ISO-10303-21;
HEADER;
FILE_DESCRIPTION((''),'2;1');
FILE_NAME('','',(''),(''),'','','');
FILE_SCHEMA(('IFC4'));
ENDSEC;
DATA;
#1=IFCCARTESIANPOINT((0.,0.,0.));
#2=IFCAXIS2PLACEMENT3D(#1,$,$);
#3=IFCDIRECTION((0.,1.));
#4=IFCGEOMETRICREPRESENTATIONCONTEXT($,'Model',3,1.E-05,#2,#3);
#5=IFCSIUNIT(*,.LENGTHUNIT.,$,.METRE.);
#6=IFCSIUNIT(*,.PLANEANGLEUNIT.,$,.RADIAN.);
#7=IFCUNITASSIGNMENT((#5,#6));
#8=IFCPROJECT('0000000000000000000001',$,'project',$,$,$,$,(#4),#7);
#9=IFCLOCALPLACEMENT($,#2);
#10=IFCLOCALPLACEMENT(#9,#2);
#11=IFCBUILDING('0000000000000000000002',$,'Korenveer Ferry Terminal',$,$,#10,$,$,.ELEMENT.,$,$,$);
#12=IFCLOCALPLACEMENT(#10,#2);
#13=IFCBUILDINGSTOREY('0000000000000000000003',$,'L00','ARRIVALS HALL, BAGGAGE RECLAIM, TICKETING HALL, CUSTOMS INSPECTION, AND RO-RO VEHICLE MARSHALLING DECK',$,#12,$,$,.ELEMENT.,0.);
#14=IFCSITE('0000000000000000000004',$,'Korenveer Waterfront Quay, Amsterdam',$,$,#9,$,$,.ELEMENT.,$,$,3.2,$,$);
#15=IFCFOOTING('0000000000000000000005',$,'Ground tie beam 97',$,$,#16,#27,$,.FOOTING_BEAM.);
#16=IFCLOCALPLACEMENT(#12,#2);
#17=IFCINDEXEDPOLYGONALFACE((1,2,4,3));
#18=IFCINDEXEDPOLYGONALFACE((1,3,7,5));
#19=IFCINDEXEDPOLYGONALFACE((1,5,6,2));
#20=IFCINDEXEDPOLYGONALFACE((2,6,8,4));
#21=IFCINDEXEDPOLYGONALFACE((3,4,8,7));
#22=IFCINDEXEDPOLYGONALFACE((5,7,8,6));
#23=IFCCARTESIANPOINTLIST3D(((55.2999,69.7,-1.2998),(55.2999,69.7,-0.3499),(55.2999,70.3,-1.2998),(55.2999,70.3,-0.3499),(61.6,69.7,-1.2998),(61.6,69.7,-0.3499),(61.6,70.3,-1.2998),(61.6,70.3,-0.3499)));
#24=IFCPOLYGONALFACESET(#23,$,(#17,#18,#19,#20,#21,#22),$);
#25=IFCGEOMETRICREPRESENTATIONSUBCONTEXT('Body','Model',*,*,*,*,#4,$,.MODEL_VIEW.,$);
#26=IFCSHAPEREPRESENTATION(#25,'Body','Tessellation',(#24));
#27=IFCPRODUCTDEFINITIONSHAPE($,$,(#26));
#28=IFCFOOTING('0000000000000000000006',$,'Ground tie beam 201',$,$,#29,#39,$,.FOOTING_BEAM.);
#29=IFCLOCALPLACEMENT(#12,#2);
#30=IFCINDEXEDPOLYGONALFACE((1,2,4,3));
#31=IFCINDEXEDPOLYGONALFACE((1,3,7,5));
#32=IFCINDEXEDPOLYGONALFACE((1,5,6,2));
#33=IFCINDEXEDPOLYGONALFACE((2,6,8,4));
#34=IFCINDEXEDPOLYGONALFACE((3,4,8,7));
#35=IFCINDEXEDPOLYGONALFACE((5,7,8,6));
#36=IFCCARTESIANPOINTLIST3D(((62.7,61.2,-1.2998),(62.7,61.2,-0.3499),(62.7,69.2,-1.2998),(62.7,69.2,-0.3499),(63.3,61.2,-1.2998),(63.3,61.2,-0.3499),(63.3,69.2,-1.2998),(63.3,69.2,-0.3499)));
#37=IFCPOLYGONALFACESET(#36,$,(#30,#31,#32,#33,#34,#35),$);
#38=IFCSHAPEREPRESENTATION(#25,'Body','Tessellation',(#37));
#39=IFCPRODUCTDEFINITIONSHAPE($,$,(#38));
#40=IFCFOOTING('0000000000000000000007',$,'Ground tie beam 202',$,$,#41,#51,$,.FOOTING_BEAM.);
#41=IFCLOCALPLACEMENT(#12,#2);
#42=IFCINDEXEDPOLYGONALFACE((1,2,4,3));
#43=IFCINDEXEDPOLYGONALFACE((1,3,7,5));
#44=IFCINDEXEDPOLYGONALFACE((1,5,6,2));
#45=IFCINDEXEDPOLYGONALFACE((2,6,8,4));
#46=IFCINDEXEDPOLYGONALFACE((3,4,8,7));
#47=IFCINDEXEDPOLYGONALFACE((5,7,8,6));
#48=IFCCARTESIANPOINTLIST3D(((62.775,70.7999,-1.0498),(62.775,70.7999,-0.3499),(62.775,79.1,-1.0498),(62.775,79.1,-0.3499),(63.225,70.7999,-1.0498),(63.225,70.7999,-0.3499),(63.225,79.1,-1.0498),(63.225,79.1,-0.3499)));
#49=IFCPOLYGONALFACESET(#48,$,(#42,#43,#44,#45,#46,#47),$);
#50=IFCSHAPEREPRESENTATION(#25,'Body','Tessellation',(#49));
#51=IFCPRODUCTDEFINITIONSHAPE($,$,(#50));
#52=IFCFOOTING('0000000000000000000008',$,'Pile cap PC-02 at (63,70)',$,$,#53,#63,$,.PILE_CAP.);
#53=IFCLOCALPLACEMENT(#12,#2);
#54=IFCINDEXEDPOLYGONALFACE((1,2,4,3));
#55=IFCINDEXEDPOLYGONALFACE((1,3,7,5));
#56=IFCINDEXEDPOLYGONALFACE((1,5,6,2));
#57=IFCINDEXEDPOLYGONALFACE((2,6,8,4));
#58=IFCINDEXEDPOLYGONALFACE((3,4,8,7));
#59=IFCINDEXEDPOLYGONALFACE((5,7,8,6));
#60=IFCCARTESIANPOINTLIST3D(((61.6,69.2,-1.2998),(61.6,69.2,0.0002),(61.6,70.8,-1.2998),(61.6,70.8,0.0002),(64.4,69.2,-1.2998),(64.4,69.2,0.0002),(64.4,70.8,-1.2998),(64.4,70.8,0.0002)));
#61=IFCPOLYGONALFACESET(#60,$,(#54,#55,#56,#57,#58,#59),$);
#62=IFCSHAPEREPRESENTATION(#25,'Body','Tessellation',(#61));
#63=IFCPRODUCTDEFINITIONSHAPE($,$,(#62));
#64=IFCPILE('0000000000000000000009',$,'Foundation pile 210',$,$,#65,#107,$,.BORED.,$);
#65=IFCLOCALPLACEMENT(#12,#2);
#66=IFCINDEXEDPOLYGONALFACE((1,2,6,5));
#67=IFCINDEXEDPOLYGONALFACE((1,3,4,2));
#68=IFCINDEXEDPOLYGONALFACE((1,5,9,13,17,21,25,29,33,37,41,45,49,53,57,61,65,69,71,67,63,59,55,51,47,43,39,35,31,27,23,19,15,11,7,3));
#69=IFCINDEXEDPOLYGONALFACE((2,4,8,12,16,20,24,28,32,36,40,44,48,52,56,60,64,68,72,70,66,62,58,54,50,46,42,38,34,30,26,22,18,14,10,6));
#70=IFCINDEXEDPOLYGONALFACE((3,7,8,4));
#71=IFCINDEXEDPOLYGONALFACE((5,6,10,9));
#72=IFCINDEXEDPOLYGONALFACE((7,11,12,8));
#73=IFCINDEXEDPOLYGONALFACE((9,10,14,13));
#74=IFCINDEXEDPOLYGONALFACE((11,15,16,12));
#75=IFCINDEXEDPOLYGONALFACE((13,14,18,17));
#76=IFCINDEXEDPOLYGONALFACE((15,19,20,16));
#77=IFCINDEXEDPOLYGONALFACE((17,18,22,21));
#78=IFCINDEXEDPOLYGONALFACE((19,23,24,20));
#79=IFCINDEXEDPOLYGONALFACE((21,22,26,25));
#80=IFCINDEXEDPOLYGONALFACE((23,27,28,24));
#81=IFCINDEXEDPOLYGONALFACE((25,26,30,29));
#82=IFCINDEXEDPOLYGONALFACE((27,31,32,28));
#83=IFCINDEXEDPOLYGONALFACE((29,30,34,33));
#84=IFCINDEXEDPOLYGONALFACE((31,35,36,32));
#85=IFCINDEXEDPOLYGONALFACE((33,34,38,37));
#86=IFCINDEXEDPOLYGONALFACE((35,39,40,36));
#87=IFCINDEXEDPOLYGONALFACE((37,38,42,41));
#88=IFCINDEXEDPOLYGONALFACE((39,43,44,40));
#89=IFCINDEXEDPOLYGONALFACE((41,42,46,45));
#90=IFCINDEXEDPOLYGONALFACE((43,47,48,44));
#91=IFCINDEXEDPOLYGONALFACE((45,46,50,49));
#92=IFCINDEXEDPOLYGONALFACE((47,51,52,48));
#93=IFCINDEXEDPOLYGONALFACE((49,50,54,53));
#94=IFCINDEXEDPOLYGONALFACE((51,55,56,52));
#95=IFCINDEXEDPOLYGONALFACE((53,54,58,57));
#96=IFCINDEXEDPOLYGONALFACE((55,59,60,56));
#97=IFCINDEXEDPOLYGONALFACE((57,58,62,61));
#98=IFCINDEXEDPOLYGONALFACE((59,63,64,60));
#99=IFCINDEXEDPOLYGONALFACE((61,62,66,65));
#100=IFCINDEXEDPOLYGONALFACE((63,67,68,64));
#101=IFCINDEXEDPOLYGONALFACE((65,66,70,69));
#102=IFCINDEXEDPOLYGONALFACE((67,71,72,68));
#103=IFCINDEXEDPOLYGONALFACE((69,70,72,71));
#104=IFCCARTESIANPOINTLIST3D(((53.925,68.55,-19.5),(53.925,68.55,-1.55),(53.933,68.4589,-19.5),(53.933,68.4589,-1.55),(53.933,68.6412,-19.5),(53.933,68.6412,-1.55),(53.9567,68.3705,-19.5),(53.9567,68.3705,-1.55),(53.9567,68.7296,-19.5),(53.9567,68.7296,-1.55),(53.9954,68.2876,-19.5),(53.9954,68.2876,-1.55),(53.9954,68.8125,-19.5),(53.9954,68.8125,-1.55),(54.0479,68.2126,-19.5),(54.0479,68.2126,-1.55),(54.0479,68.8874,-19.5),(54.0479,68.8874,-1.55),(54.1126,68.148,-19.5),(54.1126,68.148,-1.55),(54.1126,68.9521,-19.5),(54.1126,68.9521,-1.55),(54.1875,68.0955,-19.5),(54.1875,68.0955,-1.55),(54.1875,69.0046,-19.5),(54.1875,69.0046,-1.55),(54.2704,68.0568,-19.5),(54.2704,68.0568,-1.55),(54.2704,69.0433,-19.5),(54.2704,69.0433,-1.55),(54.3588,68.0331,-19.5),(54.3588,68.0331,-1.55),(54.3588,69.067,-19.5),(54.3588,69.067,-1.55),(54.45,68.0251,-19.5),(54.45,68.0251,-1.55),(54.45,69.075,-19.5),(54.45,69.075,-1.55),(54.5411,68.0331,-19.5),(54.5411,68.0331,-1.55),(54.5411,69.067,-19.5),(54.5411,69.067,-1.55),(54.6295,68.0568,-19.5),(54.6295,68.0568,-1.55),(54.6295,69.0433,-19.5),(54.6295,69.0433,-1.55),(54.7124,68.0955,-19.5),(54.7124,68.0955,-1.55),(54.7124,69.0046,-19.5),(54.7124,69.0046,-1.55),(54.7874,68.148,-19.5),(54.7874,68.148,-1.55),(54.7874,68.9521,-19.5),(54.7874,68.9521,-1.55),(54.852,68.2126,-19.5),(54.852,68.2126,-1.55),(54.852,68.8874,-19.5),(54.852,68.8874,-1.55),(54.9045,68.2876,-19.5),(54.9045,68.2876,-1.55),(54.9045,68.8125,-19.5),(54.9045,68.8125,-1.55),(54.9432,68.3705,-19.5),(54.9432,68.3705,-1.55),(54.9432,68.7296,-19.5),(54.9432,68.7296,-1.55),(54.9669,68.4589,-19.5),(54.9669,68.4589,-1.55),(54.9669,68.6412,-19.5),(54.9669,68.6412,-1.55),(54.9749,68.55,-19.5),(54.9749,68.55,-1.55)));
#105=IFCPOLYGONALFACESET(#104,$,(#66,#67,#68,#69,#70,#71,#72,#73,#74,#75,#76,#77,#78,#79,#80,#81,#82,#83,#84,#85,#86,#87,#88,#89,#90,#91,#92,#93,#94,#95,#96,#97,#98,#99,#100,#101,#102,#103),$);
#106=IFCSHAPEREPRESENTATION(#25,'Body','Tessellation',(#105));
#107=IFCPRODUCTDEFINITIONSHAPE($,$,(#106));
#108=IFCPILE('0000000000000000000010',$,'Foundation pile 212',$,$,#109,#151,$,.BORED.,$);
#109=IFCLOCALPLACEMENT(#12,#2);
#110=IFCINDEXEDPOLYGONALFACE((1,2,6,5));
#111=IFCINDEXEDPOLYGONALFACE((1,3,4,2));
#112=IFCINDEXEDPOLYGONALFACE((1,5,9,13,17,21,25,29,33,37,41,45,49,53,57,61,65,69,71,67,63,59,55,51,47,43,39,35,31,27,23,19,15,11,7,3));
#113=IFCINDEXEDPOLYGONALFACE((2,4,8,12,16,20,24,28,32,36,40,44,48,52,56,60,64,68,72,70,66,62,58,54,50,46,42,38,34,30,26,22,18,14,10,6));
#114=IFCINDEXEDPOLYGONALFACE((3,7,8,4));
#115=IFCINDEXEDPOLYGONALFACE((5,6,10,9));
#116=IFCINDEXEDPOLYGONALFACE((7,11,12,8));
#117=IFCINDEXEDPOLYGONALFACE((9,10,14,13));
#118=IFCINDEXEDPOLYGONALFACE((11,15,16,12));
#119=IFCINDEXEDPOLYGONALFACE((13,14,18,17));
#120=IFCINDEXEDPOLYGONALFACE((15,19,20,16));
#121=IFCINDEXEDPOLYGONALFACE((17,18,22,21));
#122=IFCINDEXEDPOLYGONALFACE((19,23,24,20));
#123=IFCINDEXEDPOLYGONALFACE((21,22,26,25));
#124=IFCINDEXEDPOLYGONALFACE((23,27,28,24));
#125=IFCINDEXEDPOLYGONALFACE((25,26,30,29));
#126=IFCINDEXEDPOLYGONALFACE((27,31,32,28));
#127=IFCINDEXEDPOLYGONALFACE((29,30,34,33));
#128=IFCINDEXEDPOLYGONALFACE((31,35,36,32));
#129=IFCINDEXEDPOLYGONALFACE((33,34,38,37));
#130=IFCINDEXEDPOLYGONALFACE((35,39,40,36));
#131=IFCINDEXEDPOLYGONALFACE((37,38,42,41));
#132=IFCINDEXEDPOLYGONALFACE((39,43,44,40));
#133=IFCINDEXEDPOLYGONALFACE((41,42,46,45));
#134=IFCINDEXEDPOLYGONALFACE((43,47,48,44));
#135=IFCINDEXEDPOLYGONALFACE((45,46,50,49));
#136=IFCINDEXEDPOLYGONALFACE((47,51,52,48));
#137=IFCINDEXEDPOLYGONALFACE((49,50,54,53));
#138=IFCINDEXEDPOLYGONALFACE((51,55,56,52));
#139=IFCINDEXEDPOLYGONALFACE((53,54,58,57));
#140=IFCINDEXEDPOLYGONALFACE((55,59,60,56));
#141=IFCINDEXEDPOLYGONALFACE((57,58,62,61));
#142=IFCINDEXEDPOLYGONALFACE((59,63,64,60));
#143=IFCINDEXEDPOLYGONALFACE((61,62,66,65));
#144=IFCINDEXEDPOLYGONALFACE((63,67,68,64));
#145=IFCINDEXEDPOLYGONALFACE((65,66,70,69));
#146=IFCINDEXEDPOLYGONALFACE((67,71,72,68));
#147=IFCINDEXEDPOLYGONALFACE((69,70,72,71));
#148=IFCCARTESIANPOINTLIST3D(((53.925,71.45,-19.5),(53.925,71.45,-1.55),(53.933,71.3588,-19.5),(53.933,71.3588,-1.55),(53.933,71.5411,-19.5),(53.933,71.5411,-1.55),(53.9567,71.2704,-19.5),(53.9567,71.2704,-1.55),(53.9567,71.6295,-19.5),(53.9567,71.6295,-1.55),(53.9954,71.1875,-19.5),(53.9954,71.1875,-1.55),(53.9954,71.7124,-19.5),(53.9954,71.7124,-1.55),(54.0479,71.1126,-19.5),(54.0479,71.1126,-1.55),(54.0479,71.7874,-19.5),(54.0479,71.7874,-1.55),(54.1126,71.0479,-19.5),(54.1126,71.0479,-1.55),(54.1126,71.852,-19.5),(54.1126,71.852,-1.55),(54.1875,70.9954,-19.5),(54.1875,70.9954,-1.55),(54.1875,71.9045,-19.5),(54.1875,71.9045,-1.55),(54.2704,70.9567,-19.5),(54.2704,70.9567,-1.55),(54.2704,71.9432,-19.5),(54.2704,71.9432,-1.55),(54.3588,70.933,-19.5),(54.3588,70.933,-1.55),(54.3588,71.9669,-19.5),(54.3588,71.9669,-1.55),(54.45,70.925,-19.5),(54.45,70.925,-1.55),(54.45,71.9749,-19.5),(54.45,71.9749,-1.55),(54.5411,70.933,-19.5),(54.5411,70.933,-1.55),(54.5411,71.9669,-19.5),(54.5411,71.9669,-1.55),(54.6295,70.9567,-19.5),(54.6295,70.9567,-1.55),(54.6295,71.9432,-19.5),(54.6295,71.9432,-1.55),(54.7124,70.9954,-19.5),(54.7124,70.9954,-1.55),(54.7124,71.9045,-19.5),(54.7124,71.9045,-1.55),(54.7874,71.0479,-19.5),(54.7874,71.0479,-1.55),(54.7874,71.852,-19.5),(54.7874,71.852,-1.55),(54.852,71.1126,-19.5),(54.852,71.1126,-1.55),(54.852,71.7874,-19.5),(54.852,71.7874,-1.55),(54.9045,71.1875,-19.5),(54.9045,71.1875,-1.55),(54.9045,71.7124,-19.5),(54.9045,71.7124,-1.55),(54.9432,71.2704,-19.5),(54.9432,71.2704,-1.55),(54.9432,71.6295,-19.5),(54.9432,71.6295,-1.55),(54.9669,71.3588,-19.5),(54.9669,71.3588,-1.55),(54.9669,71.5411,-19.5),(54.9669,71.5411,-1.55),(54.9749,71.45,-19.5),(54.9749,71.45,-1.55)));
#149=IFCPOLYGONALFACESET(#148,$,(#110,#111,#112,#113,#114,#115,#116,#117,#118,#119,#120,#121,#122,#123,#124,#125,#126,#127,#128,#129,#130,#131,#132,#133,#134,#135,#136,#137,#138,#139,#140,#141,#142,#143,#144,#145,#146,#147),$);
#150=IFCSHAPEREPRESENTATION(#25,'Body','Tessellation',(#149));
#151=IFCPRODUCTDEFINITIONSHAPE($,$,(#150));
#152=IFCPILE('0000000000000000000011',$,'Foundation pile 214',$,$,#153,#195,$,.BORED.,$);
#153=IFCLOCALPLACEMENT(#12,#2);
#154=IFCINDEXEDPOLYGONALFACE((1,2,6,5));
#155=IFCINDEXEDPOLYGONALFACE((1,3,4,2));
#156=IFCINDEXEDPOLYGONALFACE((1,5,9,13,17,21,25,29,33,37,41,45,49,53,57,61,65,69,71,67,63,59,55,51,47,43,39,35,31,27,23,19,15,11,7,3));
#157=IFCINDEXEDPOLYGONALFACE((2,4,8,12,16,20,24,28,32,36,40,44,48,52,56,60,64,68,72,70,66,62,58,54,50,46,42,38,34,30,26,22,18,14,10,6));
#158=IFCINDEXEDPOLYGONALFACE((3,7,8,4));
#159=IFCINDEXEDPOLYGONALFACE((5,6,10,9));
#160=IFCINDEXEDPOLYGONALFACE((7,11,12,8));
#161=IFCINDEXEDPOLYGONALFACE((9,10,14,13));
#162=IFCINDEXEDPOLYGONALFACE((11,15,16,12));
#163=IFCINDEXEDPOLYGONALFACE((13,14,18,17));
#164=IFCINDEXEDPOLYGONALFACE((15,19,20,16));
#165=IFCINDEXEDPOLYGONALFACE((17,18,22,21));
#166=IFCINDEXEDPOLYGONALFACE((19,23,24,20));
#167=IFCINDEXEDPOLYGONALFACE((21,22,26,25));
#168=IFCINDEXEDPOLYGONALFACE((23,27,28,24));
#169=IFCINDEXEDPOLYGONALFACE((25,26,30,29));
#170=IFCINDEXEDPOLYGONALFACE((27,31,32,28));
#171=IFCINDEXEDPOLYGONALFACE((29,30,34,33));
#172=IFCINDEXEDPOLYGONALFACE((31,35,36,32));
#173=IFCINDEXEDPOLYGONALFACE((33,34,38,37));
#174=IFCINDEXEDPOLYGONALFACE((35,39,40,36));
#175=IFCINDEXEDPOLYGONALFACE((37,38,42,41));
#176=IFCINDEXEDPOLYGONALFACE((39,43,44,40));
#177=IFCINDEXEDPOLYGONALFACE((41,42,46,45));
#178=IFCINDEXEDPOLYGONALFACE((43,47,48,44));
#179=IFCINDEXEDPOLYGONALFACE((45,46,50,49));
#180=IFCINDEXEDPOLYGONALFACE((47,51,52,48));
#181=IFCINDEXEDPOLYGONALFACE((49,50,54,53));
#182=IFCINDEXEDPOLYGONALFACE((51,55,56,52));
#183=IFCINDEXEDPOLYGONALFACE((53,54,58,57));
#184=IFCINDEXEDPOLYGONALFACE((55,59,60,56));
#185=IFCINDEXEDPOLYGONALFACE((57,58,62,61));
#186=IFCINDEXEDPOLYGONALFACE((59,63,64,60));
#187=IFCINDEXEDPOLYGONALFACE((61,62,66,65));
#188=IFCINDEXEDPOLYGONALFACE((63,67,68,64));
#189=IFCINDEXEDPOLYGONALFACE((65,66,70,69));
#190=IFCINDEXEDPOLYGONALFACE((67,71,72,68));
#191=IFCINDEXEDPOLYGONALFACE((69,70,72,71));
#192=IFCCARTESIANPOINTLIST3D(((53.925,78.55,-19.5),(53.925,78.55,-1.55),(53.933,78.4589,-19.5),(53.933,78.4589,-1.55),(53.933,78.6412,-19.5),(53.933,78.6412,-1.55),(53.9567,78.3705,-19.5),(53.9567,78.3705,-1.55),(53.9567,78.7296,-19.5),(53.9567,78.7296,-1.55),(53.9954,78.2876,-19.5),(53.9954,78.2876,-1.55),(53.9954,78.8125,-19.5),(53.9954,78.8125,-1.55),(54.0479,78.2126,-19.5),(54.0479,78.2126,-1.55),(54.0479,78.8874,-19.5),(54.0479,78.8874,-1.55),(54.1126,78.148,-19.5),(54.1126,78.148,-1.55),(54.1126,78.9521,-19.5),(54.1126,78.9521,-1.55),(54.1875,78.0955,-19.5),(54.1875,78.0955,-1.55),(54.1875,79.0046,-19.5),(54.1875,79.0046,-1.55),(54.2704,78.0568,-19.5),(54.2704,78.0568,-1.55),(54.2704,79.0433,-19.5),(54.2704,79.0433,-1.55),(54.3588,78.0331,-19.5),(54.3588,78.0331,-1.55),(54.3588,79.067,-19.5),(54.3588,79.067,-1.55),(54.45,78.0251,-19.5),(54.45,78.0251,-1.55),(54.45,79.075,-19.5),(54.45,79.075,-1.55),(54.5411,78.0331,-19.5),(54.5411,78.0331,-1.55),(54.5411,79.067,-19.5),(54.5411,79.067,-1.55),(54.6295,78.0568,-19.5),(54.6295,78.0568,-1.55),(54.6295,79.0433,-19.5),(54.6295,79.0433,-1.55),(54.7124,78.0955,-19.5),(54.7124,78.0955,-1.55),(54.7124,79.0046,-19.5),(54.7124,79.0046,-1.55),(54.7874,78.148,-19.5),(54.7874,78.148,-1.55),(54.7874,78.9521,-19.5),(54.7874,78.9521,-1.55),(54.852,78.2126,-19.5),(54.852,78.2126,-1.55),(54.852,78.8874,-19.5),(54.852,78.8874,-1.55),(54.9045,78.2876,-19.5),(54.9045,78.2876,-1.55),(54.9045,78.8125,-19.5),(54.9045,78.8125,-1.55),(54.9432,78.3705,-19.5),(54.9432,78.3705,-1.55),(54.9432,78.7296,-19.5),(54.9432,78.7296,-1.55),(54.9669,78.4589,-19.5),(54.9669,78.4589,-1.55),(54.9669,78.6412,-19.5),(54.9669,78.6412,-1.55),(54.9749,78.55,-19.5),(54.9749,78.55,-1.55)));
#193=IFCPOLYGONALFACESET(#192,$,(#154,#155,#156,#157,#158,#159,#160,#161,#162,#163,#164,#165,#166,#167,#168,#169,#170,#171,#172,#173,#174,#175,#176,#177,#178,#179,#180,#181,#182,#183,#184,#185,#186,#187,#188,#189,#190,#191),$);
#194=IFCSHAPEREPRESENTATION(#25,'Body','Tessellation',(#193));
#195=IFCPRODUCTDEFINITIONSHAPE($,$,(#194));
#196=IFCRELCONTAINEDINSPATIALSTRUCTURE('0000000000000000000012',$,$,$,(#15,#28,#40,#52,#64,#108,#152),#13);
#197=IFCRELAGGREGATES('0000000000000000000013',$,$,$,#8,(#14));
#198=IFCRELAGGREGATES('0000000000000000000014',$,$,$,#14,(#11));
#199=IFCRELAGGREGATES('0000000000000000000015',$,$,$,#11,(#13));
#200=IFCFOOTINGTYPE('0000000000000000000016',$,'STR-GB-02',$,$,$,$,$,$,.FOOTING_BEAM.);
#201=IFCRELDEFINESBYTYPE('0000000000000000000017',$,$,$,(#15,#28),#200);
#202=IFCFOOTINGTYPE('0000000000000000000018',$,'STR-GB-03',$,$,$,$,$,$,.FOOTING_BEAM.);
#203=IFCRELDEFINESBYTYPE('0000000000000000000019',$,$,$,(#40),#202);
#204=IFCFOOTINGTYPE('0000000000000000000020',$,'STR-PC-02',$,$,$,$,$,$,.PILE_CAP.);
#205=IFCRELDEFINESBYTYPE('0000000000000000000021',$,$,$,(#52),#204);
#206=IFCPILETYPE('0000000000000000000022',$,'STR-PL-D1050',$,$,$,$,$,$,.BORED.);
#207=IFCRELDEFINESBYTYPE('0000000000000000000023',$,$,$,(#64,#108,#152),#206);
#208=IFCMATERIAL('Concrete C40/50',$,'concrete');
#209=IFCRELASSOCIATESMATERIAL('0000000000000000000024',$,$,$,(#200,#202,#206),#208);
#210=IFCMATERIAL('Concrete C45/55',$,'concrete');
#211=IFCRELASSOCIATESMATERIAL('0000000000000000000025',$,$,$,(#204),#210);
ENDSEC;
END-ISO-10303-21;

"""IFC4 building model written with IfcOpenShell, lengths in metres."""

from ifc_helpers import new_model, si_unit, direction, frame, origin, origin_2d, place, context, subcontext, project, spatial, rectangle, circle, extrude, material, material_profile, profile_set, type_object, element, save


model = new_model("IFC4")

# Units and contexts
model_context = context("Model", 3, precision=1e-05, world=origin(), true_north=direction((0.0, 1.0)))
body_context = subcontext(model_context, "Body", "Model", "MODEL_VIEW")
ifc_project = project(units=[si_unit("LENGTHUNIT", "METRE"), si_unit("PLANEANGLEUNIT", "RADIAN")], contexts=[model_context])

# Site, building, storey
site_placement = place(None, origin())
site = spatial("IfcSite", under=ifc_project, at=site_placement, Name="Korenveer Waterfront Quay, Amsterdam", CompositionType="ELEMENT", RefElevation=3.2)
building_placement = place(site_placement, origin())
building = spatial("IfcBuilding", under=site, at=building_placement, Name="Korenveer Ferry Terminal", CompositionType="ELEMENT")
storey_placement = place(building_placement, origin())
storey = spatial("IfcBuildingStorey", under=building, at=storey_placement, Name="L00", Description="ARRIVALS HALL, BAGGAGE RECLAIM, TICKETING HALL, CUSTOMS INSPECTION, AND RO-RO VEHICLE MARSHALLING DECK", CompositionType="ELEMENT", Elevation=0.0)

# Footings
ifc_material_1 = material(Name="Concrete C40/50", Category="concrete")
footing_type_1 = type_object("IfcFootingType", Name="STR-GB-02", PredefinedType="FOOTING_BEAM", material=ifc_material_1)
footing_1_placement = place(storey_placement, frame((58.45, 70.0, -1.2998), z_axis=(0.0, 0.0, 1.0), x_axis=(1.0, 0.0, 0.0)))
element("IfcFooting", 1, at=footing_1_placement, inside=storey, type_object=footing_type_1, Name="Ground tie beam 97", PredefinedType="FOOTING_BEAM", context=body_context, shape_type="SweptSolid", body=[
    extrude(rectangle(XDim=6.3, YDim=0.6001, at=origin_2d()), origin(), (0.0, 0.0, 1.0), 0.95),
])
footing_2_placement = place(storey_placement, frame((63.0, 65.2, -1.2998), z_axis=(0.0, 0.0, 1.0), x_axis=(1.0, 0.0, 0.0)))
element("IfcFooting", 2, at=footing_2_placement, inside=storey, type_object=footing_type_1, Name="Ground tie beam 201", PredefinedType="FOOTING_BEAM", context=body_context, shape_type="SweptSolid", body=[
    extrude(rectangle(XDim=0.6001, YDim=8.0, at=origin_2d()), origin(), (0.0, 0.0, 1.0), 0.95),
])
footing_type_2 = type_object("IfcFootingType", Name="STR-GB-03", PredefinedType="FOOTING_BEAM", material=ifc_material_1)
footing_3_placement = place(storey_placement, frame((63.0, 74.95, -1.0498), z_axis=(0.0, 0.0, 1.0), x_axis=(1.0, 0.0, 0.0)))
element("IfcFooting", 3, at=footing_3_placement, inside=storey, type_object=footing_type_2, Name="Ground tie beam 202", PredefinedType="FOOTING_BEAM", context=body_context, shape_type="SweptSolid", body=[
    extrude(rectangle(XDim=0.45, YDim=8.3, at=origin_2d()), origin(), (0.0, 0.0, 1.0), 0.7),
])
ifc_material_2 = material(Name="Concrete C45/55", Category="concrete")
footing_type_3 = type_object("IfcFootingType", Name="STR-PC-02", PredefinedType="PILE_CAP", material=ifc_material_2)
footing_4_placement = place(storey_placement, frame((63.0, 70.0, -1.2998), z_axis=(0.0, 0.0, 1.0), x_axis=(1.0, 0.0, 0.0)))
element("IfcFooting", 4, at=footing_4_placement, inside=storey, type_object=footing_type_3, Name="Pile cap PC-02 at (63,70)", PredefinedType="PILE_CAP", context=body_context, shape_type="SweptSolid", body=[
    extrude(rectangle(XDim=2.8, YDim=1.6001, at=origin_2d()), origin(), (0.0, 0.0, 1.0), 1.3),
])

# Piles
ifc_material_profile_1 = material_profile(ifc_material_1, circle(Radius=0.5249, at=origin_2d()), Name="PILE D1050")
ifc_profile_set_1 = profile_set([ifc_material_profile_1], Name="Concrete C40/50")
pile_type_1 = type_object("IfcPileType", Name="STR-PL-D1050", PredefinedType="BORED", material=ifc_profile_set_1)
for number, where, z_axis, x_axis, name in (
    (5, (54.45, 68.55, -1.55), (0.0, 0.0, -1.0), (1.0, 0.0, 0.0), "Foundation pile 210"),
    (6, (54.45, 71.45, -1.55), (0.0, 0.0, -1.0), (1.0, 0.0, 0.0), "Foundation pile 212"),
    (7, (54.45, 78.55, -1.55), (0.0, 0.0, -1.0), (1.0, 0.0, 0.0), "Foundation pile 214"),
):
    element("IfcPile", number, at=place(storey_placement, frame(where, z_axis=z_axis, x_axis=x_axis)), inside=storey, type_object=pile_type_1, Name=name, PredefinedType="BORED", context=body_context, shape_type="SweptSolid", body=[
        extrude(circle(Radius=0.5249, at=origin_2d()), origin(), (0.0, 0.0, 1.0), 17.95),
    ])

save(model, "model.ifc")
